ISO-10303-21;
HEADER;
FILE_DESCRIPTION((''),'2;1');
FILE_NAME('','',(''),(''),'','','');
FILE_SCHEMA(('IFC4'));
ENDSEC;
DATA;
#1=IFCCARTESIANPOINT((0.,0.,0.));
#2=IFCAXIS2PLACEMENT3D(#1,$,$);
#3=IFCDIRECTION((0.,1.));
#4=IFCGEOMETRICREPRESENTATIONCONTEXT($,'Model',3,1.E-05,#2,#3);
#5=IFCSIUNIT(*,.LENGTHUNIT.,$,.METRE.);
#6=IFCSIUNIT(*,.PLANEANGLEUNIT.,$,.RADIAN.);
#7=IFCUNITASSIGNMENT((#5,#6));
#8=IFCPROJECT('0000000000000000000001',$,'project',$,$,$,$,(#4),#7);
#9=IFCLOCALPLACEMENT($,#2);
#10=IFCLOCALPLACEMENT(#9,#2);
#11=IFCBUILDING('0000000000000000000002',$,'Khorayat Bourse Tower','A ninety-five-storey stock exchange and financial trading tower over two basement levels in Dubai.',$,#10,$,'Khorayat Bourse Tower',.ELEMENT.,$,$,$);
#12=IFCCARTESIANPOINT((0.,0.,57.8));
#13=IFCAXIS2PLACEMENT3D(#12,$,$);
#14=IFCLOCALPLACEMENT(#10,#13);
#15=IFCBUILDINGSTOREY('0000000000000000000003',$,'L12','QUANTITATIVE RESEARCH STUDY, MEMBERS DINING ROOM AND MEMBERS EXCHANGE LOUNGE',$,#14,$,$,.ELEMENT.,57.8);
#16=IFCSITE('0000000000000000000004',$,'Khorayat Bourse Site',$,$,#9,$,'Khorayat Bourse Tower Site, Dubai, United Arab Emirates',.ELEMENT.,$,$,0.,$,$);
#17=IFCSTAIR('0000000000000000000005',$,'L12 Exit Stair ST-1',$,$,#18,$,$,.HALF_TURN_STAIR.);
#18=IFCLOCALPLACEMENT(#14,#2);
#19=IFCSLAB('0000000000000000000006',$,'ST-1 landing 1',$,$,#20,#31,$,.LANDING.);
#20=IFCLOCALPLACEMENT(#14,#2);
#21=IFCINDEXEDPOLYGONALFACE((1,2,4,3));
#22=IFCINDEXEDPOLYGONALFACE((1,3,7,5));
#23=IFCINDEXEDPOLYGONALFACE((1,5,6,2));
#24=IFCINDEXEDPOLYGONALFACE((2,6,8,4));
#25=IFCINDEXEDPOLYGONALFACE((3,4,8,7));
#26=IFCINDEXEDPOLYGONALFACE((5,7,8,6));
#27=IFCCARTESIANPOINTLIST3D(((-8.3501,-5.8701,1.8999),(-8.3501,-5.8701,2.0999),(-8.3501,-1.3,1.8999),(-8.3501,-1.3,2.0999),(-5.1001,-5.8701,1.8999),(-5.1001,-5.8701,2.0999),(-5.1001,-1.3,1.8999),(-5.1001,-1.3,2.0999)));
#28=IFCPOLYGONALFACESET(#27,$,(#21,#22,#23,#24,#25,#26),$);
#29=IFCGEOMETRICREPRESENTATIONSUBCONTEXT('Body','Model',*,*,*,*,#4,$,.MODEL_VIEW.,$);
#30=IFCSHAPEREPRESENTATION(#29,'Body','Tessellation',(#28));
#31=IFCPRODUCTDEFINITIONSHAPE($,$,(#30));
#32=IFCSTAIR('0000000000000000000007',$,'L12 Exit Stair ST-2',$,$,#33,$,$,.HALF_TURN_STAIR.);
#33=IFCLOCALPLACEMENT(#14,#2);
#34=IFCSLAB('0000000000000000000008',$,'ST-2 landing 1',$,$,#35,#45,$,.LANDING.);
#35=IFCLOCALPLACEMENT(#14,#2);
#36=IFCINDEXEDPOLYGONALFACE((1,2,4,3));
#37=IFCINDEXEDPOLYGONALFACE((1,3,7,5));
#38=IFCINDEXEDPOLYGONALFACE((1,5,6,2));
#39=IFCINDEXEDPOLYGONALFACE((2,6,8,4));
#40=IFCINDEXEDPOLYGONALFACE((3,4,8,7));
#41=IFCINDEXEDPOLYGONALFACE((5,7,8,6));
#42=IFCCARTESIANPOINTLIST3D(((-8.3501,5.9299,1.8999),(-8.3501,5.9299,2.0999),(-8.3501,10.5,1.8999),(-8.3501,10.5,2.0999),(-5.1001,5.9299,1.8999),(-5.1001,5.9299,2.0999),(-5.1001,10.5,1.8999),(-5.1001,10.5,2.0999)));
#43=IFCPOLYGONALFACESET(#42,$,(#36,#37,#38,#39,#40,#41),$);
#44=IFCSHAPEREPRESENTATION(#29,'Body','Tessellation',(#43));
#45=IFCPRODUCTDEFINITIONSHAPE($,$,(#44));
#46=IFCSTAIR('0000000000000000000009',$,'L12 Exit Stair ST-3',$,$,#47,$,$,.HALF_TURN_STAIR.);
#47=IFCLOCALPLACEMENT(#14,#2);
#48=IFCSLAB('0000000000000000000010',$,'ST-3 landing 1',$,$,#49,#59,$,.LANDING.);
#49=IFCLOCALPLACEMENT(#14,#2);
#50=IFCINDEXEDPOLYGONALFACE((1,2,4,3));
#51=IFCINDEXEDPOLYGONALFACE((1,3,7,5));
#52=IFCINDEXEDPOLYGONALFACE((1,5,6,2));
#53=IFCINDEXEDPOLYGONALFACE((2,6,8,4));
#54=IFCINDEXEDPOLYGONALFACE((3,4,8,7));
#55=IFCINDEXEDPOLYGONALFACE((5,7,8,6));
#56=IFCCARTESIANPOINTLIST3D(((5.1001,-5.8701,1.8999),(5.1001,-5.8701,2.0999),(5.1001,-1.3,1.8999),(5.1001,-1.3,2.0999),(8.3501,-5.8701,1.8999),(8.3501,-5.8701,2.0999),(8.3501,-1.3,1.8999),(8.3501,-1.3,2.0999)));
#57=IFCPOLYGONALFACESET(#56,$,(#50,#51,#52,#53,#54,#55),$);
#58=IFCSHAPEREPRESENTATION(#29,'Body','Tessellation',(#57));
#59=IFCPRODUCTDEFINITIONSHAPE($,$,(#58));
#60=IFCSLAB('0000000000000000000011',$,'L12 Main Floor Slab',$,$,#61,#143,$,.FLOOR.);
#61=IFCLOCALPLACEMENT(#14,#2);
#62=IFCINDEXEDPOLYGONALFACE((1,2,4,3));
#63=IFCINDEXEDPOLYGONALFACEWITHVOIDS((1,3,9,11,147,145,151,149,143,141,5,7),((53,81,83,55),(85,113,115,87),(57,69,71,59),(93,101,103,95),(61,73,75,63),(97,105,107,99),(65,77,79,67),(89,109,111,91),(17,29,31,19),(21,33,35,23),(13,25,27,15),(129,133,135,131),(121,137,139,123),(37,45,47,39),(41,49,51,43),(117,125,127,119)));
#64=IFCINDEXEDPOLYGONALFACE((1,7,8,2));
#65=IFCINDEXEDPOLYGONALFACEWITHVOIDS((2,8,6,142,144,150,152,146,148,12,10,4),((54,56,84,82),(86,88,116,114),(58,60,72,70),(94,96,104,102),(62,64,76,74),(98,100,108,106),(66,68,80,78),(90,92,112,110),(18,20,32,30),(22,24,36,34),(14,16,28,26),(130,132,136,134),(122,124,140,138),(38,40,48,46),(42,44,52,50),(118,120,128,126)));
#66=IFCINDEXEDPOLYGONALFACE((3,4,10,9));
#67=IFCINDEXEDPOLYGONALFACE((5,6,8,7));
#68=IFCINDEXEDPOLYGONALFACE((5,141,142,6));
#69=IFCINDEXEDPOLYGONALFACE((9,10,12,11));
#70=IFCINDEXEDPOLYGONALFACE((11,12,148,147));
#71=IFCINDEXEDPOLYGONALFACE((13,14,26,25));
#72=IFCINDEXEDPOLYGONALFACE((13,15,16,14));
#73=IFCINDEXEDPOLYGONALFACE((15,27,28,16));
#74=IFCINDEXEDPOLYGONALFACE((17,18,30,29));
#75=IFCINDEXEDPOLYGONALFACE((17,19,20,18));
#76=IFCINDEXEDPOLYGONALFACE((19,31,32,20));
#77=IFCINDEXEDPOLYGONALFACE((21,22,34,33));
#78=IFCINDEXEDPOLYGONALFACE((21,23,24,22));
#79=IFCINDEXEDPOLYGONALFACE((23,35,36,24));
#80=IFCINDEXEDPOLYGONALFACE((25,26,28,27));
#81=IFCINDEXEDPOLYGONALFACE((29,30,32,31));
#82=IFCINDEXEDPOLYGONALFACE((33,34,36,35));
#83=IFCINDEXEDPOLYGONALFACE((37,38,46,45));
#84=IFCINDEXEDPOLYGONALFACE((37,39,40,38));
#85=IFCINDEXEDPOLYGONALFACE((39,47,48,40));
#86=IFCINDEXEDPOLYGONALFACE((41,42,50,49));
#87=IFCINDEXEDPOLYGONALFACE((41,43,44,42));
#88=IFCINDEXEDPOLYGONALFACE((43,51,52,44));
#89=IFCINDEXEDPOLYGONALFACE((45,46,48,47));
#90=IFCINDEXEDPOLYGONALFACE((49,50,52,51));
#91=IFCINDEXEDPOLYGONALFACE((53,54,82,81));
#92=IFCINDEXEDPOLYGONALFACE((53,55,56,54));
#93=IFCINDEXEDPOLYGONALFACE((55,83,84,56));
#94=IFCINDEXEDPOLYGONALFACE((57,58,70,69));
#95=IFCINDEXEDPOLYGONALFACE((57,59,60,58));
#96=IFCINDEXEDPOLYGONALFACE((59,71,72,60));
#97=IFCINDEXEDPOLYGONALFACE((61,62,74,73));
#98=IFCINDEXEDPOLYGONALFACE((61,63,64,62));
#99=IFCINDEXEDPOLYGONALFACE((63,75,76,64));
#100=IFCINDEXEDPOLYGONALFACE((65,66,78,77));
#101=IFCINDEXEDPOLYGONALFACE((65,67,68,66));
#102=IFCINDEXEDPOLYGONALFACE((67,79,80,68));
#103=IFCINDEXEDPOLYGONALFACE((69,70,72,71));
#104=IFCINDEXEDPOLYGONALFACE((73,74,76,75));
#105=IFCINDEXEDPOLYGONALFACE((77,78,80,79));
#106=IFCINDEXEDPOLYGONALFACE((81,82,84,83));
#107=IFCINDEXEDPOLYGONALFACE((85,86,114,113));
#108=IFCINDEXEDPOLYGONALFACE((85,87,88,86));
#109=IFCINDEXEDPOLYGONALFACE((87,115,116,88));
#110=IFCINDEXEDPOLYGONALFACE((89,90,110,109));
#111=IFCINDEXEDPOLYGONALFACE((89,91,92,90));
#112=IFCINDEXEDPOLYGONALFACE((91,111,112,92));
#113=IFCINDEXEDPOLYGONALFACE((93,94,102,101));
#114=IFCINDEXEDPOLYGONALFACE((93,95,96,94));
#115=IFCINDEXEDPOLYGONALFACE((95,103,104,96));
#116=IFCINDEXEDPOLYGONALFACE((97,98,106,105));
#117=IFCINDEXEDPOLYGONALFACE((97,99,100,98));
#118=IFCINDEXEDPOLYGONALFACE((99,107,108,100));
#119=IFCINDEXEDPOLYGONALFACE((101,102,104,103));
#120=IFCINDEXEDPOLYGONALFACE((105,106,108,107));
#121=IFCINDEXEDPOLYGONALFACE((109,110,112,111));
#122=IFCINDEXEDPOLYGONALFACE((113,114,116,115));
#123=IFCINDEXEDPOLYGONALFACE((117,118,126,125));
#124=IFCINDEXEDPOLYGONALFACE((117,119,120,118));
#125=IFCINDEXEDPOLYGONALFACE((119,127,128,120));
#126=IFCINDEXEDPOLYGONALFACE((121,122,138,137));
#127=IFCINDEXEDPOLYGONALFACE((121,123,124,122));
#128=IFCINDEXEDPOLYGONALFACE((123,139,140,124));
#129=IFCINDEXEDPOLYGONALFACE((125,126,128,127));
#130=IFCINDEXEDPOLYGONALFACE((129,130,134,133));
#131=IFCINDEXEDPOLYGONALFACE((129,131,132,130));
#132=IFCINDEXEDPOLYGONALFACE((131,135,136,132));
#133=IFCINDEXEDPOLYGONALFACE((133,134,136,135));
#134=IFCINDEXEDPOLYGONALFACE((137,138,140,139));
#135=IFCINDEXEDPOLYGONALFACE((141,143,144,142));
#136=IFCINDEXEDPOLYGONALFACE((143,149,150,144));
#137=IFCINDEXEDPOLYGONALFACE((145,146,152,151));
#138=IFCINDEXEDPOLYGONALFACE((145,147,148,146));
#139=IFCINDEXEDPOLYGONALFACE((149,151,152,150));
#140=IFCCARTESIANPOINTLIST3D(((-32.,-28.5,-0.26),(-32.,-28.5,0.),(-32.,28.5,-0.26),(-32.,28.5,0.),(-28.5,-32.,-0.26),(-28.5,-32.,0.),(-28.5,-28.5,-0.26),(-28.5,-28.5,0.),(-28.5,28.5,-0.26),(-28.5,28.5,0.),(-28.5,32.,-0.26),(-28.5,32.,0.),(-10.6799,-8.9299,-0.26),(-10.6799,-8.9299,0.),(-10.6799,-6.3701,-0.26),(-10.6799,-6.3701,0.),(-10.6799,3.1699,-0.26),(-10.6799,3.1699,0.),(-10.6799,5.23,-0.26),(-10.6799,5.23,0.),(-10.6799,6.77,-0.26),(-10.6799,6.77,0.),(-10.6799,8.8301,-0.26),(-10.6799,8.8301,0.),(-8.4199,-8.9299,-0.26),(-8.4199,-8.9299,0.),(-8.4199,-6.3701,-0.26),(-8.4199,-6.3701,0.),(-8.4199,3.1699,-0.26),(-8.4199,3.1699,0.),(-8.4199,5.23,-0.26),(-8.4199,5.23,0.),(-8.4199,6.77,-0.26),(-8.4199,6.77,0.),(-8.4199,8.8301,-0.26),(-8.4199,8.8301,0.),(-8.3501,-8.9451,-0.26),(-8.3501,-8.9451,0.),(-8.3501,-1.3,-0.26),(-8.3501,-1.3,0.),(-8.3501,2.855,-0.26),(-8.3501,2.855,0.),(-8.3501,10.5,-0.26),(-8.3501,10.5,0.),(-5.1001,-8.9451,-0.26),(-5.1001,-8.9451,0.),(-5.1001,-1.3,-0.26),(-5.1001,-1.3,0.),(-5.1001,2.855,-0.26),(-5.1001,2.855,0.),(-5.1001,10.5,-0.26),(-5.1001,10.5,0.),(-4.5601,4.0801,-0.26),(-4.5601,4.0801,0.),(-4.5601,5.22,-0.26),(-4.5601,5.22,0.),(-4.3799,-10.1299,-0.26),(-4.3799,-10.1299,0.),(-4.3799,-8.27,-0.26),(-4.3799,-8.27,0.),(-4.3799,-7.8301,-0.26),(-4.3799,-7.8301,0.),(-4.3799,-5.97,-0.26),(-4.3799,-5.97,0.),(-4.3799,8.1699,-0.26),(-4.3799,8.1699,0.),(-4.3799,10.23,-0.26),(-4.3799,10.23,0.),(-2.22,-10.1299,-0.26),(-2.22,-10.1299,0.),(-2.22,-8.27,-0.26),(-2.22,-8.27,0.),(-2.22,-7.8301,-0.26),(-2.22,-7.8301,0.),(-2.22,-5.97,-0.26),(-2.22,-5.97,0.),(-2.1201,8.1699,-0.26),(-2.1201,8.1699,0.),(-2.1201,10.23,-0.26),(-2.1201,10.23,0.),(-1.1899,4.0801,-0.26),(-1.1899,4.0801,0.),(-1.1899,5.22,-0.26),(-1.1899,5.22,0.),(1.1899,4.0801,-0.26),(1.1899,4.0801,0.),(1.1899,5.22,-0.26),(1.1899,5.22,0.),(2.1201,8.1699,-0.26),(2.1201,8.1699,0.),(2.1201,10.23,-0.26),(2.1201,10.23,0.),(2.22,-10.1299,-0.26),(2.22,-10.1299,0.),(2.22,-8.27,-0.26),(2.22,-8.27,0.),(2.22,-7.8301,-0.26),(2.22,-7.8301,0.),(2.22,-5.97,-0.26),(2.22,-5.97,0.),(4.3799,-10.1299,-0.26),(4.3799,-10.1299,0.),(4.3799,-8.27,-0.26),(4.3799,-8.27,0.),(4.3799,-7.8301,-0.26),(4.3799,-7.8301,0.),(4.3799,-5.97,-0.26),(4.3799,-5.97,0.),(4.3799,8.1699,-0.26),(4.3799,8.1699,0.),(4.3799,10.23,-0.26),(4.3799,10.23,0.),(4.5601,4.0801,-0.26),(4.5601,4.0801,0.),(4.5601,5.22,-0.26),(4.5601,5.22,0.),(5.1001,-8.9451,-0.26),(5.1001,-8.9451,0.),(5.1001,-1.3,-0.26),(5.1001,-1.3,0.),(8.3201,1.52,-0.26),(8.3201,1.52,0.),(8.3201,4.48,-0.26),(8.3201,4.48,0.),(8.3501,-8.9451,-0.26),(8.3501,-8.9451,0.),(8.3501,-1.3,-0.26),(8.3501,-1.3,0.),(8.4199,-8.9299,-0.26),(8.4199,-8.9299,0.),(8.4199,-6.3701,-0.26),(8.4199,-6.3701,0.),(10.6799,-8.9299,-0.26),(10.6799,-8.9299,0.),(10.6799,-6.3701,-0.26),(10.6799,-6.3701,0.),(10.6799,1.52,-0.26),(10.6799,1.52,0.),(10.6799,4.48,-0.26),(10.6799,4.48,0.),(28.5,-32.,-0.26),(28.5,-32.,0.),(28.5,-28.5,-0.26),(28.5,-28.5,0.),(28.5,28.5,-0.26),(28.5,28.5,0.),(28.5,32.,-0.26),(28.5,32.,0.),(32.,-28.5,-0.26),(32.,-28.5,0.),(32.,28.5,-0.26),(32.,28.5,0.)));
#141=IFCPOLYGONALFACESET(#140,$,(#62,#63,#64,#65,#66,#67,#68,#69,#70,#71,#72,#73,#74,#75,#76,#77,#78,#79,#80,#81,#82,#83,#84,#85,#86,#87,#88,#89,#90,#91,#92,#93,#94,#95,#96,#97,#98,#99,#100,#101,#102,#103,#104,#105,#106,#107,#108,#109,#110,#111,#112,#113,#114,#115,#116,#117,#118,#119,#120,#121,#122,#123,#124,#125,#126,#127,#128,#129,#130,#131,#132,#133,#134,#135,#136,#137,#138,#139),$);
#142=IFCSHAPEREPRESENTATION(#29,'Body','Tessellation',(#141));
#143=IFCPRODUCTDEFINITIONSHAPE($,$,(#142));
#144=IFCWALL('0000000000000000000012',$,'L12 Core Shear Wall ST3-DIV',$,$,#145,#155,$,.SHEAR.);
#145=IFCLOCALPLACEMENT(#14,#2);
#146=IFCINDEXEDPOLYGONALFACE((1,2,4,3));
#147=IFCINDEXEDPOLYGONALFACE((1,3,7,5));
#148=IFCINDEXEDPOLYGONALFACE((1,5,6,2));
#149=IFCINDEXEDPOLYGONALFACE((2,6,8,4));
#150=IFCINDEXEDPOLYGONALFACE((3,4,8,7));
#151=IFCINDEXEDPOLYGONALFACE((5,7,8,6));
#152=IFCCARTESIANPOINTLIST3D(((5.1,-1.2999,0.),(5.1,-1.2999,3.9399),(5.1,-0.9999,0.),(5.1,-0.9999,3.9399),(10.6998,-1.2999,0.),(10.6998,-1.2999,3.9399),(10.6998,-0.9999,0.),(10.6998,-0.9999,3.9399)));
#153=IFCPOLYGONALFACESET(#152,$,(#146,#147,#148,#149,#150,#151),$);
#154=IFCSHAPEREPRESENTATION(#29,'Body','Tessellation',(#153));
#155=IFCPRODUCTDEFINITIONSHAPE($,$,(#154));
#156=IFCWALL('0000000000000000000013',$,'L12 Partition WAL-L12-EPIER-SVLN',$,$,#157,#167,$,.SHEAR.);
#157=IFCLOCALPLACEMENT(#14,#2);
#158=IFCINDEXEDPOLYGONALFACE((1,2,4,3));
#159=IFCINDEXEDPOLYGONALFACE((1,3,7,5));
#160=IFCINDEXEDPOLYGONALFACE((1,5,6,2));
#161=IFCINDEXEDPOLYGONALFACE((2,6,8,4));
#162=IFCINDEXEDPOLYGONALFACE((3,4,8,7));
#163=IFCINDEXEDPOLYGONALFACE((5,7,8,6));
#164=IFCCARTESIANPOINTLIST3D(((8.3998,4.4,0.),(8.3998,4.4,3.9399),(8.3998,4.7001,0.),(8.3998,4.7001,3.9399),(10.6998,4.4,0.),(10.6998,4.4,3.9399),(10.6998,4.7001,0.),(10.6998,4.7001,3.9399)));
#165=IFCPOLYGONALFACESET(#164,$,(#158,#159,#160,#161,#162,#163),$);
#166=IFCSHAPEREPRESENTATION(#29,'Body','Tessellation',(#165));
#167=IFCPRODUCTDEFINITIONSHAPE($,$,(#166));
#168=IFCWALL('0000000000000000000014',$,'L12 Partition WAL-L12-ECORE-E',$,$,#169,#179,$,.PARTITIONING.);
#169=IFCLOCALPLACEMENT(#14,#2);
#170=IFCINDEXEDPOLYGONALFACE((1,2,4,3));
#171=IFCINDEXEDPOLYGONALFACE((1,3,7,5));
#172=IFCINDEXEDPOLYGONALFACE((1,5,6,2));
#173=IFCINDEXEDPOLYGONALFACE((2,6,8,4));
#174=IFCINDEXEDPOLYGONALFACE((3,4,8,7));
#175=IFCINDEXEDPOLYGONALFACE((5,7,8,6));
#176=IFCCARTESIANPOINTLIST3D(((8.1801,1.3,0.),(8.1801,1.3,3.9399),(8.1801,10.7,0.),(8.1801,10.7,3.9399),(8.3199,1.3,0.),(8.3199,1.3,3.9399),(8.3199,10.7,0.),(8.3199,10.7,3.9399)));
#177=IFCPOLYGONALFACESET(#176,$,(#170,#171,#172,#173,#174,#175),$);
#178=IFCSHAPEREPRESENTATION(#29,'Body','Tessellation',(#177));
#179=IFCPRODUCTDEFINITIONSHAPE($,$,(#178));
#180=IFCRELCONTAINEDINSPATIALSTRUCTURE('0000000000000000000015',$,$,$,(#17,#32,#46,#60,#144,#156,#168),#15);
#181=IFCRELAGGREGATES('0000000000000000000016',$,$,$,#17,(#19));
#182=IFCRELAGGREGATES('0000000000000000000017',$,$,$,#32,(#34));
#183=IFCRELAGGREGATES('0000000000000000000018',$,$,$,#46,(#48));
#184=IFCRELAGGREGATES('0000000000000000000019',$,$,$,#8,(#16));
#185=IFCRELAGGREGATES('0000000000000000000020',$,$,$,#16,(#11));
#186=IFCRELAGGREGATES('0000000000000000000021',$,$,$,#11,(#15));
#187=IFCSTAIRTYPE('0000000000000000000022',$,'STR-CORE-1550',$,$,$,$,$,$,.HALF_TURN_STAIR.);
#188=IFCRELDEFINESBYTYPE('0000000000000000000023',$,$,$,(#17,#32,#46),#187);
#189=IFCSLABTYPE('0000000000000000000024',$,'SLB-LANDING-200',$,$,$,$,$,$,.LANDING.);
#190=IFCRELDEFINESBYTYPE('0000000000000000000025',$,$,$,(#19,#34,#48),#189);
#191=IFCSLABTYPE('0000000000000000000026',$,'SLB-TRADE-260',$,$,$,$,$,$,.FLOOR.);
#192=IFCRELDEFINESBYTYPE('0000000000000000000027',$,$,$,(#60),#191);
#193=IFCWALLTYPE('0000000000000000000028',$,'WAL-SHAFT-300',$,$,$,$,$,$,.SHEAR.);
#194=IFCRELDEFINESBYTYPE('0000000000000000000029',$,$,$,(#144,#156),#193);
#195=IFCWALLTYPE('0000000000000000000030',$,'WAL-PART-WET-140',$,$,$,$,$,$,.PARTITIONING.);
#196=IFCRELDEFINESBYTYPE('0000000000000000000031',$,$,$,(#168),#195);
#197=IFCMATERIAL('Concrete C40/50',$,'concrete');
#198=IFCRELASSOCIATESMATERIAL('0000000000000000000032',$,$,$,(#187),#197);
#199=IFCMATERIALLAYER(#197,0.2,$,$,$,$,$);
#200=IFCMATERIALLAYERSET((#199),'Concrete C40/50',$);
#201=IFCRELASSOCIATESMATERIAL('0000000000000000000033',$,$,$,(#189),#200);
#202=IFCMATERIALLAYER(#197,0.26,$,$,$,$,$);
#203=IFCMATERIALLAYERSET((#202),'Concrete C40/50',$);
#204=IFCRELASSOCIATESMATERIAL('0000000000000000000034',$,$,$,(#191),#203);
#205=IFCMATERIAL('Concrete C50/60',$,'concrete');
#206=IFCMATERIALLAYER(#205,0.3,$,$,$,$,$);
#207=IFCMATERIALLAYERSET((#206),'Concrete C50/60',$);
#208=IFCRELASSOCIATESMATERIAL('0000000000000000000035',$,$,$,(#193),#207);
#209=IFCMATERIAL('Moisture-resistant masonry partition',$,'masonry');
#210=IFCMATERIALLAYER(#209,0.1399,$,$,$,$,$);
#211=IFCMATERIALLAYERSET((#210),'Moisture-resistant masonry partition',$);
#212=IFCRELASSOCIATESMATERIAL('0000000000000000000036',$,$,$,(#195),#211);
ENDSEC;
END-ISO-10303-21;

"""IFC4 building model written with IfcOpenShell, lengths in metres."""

from ifc_helpers import new_model, si_unit, direction, frame, frame_2d, origin, place, context, subcontext, project, spatial, polyline, rectangle, outline, extrude, source, transform, mapped, material, layer, layer_set, type_object, element, aggregate, save


model = new_model("IFC4")

# Units and contexts
model_context = context("Model", 3, precision=1e-05, world=origin(), true_north=direction((0.0, 1.0)))
body_context = subcontext(model_context, "Body", "Model", "MODEL_VIEW")
ifc_project = project(units=[si_unit("LENGTHUNIT", "METRE"), si_unit("PLANEANGLEUNIT", "RADIAN")], contexts=[model_context])

# Site, building, storey
site_placement = place(None, origin())
site = spatial("IfcSite", under=ifc_project, at=site_placement, Name="Khorayat Bourse Site", LongName="Khorayat Bourse Tower Site, Dubai, United Arab Emirates", CompositionType="ELEMENT", RefElevation=0.0)
building_placement = place(site_placement, origin())
building = spatial("IfcBuilding", under=site, at=building_placement, Name="Khorayat Bourse Tower", Description="A ninety-five-storey stock exchange and financial trading tower over two basement levels in Dubai.", LongName="Khorayat Bourse Tower", CompositionType="ELEMENT")
storey_placement = place(building_placement, frame((0.0, 0.0, 57.8)))
storey = spatial("IfcBuildingStorey", under=building, at=storey_placement, Name="L12", Description="QUANTITATIVE RESEARCH STUDY, MEMBERS DINING ROOM AND MEMBERS EXCHANGE LOUNGE", CompositionType="ELEMENT", Elevation=57.8)

# Stairs, slabs
ifc_material_1 = material(Name="Concrete C40/50", Category="concrete")
stair_type = type_object("IfcStairType", Name="STR-CORE-1550", PredefinedType="HALF_TURN_STAIR", material=ifc_material_1)
stair_1_placement = place(storey_placement, origin())
stair_1 = element("IfcStair", 1, at=stair_1_placement, inside=storey, type_object=stair_type, Name="L12 Exit Stair ST-1", PredefinedType="HALF_TURN_STAIR")
ifc_layer_1 = layer(ifc_material_1, 0.2)
ifc_layer_set_1 = layer_set([ifc_layer_1], Name="Concrete C40/50")
slab_type_1 = type_object("IfcSlabType", Name="SLB-LANDING-200", PredefinedType="LANDING", material=ifc_layer_set_1)
slab_1_placement = place(storey_placement, frame((0.0, 0.0, 1.8999)))
slab_1 = element("IfcSlab", 2, at=slab_1_placement, type_object=slab_type_1, Name="ST-1 landing 1", PredefinedType="LANDING", context=body_context, shape_type="SweptSolid", body=[
    extrude(outline(polyline([(-5.1001, -5.8701), (-5.1001, -1.3), (-8.3501, -1.3), (-8.3501, -5.8701), (-5.1001, -5.8701)])), origin(), (0.0, 0.0, 1.0), 0.2),
])
aggregate(stair_1, [slab_1])
stair_2_placement = place(storey_placement, origin())
stair_2 = element("IfcStair", 3, at=stair_2_placement, inside=storey, type_object=stair_type, Name="L12 Exit Stair ST-2", PredefinedType="HALF_TURN_STAIR")
slab_2_placement = place(storey_placement, frame((0.0, 0.0, 1.8999)))
slab_2 = element("IfcSlab", 4, at=slab_2_placement, type_object=slab_type_1, Name="ST-2 landing 1", PredefinedType="LANDING", context=body_context, shape_type="SweptSolid", body=[
    extrude(outline(polyline([(-5.1001, 5.9299), (-5.1001, 10.5), (-8.3501, 10.5), (-8.3501, 5.9299), (-5.1001, 5.9299)])), origin(), (0.0, 0.0, 1.0), 0.2),
])
aggregate(stair_2, [slab_2])
stair_3_placement = place(storey_placement, origin())
stair_3 = element("IfcStair", 5, at=stair_3_placement, inside=storey, type_object=stair_type, Name="L12 Exit Stair ST-3", PredefinedType="HALF_TURN_STAIR")
slab_3_placement = place(storey_placement, frame((0.0, 0.0, 1.8999)))
slab_3 = element("IfcSlab", 6, at=slab_3_placement, type_object=slab_type_1, Name="ST-3 landing 1", PredefinedType="LANDING", context=body_context, shape_type="SweptSolid", body=[
    extrude(outline(polyline([(8.3501, -5.8701), (8.3501, -1.3), (5.1001, -1.3), (5.1001, -5.8701), (8.3501, -5.8701)])), origin(), (0.0, 0.0, 1.0), 0.2),
])
aggregate(stair_3, [slab_3])

# Slab
ifc_layer_2 = layer(ifc_material_1, 0.26)
ifc_layer_set_2 = layer_set([ifc_layer_2], Name="Concrete C40/50")
slab_type_2 = type_object("IfcSlabType", Name="SLB-TRADE-260", PredefinedType="FLOOR", material=ifc_layer_set_2)
slab_4_placement = place(storey_placement, frame((0.0, 0.0, -0.26)))
element("IfcSlab", 7, at=slab_4_placement, inside=storey, type_object=slab_type_2, Name="L12 Main Floor Slab", PredefinedType="FLOOR", context=body_context, shape_type="SweptSolid", body=[
    extrude(outline(polyline([(-28.5, -32.0), (28.5, -32.0), (28.5, -28.5), (32.0, -28.5), (32.0, 28.5), (28.5, 28.5), (28.5, 32.0), (-28.5, 32.0), (-28.5, 28.5), (-32.0, 28.5), (-32.0, -28.5), (-28.5, -28.5), (-28.5, -32.0)]), holes=[polyline([(-8.3501, -8.9451), (-5.1001, -8.9451), (-5.1001, -1.3), (-8.3501, -1.3), (-8.3501, -8.9451)]), polyline([(-8.3501, 2.855), (-5.1001, 2.855), (-5.1001, 10.5), (-8.3501, 10.5), (-8.3501, 2.855)]), polyline([(5.1001, -8.9451), (8.3501, -8.9451), (8.3501, -1.3), (5.1001, -1.3), (5.1001, -8.9451)]), polyline([(-4.3799, -10.1299), (-2.22, -10.1299), (-2.22, -8.27), (-4.3799, -8.27), (-4.3799, -10.1299)]), polyline([(2.22, -10.1299), (4.3799, -10.1299), (4.3799, -8.27), (2.22, -8.27), (2.22, -10.1299)]), polyline([(-4.3799, -7.8301), (-2.22, -7.8301), (-2.22, -5.97), (-4.3799, -5.97), (-4.3799, -7.8301)]), polyline([(2.22, -7.8301), (4.3799, -7.8301), (4.3799, -5.97), (2.22, -5.97), (2.22, -7.8301)]), polyline([(-4.3799, 8.1699), (-2.1201, 8.1699), (-2.1201, 10.23), (-4.3799, 10.23), (-4.3799, 8.1699)]), polyline([(2.1201, 8.1699), (4.3799, 8.1699), (4.3799, 10.23), (2.1201, 10.23), (2.1201, 8.1699)]), polyline([(-10.6799, 3.1699), (-8.4199, 3.1699), (-8.4199, 5.23), (-10.6799, 5.23), (-10.6799, 3.1699)]), polyline([(-10.6799, 6.77), (-8.4199, 6.77), (-8.4199, 8.8301), (-10.6799, 8.8301), (-10.6799, 6.77)]), polyline([(-10.6799, -8.9299), (-8.4199, -8.9299), (-8.4199, -6.3701), (-10.6799, -6.3701), (-10.6799, -8.9299)]), polyline([(8.4199, -8.9299), (10.6799, -8.9299), (10.6799, -6.3701), (8.4199, -6.3701), (8.4199, -8.9299)]), polyline([(8.3201, 1.52), (10.6799, 1.52), (10.6799, 4.48), (8.3201, 4.48), (8.3201, 1.52)]), polyline([(-4.5601, 4.0801), (-1.1899, 4.0801), (-1.1899, 5.22), (-4.5601, 5.22), (-4.5601, 4.0801)]), polyline([(1.1899, 4.0801), (4.5601, 4.0801), (4.5601, 5.22), (1.1899, 5.22), (1.1899, 4.0801)])]), origin(), (0.0, 0.0, 1.0), 0.26),
])

# Walls
ifc_material_2 = material(Name="Concrete C50/60", Category="concrete")
ifc_layer_3 = layer(ifc_material_2, 0.3)
ifc_layer_set_3 = layer_set([ifc_layer_3], Name="Concrete C50/60")
wall_type_1 = type_object("IfcWallType", Name="WAL-SHAFT-300", PredefinedType="SHEAR", material=ifc_layer_set_3)
shared_shape_1 = source(origin(), body_context, "Body", "SweptSolid", [
    extrude(rectangle(XDim=5.5999, YDim=0.3, at=frame_2d((2.7998, 0.0))), origin(), (0.0, 0.0, 1.0), 3.9399),
])
wall_1_placement = place(storey_placement, frame((5.1001, -1.1499, 0.0), z_axis=(0.0, 0.0, 1.0), x_axis=(1.0, 0.0, 0.0)))
element("IfcWall", 8, at=wall_1_placement, inside=storey, type_object=wall_type_1, Name="L12 Core Shear Wall ST3-DIV", PredefinedType="SHEAR", context=body_context, shape_type="MappedRepresentation", body=[
    mapped(shared_shape_1, transform((0.0, 0.0, 0.0), scale=1.0)),
])
shared_shape_2 = source(origin(), body_context, "Body", "SweptSolid", [
    extrude(rectangle(XDim=2.3, YDim=0.3, at=frame_2d((1.1499, 0.0))), origin(), (0.0, 0.0, 1.0), 3.9399),
])
wall_2_placement = place(storey_placement, frame((8.3999, 4.55, 0.0), z_axis=(0.0, 0.0, 1.0), x_axis=(1.0, 0.0, 0.0)))
element("IfcWall", 9, at=wall_2_placement, inside=storey, type_object=wall_type_1, Name="L12 Partition WAL-L12-EPIER-SVLN", PredefinedType="SHEAR", context=body_context, shape_type="MappedRepresentation", body=[
    mapped(shared_shape_2, transform((0.0, 0.0, 0.0), scale=1.0)),
])
ifc_material_3 = material(Name="Moisture-resistant masonry partition", Category="masonry")
ifc_layer_4 = layer(ifc_material_3, 0.1399)
ifc_layer_set_4 = layer_set([ifc_layer_4], Name="Moisture-resistant masonry partition")
wall_type_2 = type_object("IfcWallType", Name="WAL-PART-WET-140", PredefinedType="PARTITIONING", material=ifc_layer_set_4)
shared_shape_3 = source(origin(), body_context, "Body", "SweptSolid", [
    extrude(rectangle(XDim=9.3999, YDim=0.1399, at=frame_2d((4.7, 0.0))), origin(), (0.0, 0.0, 1.0), 3.9399),
])
wall_3_placement = place(storey_placement, frame((8.25, 1.3, 0.0), z_axis=(0.0, 0.0, 1.0), x_axis=(0.0, 1.0, 0.0)))
element("IfcWall", 10, at=wall_3_placement, inside=storey, type_object=wall_type_2, Name="L12 Partition WAL-L12-ECORE-E", PredefinedType="PARTITIONING", context=body_context, shape_type="MappedRepresentation", body=[
    mapped(shared_shape_3, transform((0.0, 0.0, 0.0), scale=1.0)),
])

save(model, "model.ifc")
